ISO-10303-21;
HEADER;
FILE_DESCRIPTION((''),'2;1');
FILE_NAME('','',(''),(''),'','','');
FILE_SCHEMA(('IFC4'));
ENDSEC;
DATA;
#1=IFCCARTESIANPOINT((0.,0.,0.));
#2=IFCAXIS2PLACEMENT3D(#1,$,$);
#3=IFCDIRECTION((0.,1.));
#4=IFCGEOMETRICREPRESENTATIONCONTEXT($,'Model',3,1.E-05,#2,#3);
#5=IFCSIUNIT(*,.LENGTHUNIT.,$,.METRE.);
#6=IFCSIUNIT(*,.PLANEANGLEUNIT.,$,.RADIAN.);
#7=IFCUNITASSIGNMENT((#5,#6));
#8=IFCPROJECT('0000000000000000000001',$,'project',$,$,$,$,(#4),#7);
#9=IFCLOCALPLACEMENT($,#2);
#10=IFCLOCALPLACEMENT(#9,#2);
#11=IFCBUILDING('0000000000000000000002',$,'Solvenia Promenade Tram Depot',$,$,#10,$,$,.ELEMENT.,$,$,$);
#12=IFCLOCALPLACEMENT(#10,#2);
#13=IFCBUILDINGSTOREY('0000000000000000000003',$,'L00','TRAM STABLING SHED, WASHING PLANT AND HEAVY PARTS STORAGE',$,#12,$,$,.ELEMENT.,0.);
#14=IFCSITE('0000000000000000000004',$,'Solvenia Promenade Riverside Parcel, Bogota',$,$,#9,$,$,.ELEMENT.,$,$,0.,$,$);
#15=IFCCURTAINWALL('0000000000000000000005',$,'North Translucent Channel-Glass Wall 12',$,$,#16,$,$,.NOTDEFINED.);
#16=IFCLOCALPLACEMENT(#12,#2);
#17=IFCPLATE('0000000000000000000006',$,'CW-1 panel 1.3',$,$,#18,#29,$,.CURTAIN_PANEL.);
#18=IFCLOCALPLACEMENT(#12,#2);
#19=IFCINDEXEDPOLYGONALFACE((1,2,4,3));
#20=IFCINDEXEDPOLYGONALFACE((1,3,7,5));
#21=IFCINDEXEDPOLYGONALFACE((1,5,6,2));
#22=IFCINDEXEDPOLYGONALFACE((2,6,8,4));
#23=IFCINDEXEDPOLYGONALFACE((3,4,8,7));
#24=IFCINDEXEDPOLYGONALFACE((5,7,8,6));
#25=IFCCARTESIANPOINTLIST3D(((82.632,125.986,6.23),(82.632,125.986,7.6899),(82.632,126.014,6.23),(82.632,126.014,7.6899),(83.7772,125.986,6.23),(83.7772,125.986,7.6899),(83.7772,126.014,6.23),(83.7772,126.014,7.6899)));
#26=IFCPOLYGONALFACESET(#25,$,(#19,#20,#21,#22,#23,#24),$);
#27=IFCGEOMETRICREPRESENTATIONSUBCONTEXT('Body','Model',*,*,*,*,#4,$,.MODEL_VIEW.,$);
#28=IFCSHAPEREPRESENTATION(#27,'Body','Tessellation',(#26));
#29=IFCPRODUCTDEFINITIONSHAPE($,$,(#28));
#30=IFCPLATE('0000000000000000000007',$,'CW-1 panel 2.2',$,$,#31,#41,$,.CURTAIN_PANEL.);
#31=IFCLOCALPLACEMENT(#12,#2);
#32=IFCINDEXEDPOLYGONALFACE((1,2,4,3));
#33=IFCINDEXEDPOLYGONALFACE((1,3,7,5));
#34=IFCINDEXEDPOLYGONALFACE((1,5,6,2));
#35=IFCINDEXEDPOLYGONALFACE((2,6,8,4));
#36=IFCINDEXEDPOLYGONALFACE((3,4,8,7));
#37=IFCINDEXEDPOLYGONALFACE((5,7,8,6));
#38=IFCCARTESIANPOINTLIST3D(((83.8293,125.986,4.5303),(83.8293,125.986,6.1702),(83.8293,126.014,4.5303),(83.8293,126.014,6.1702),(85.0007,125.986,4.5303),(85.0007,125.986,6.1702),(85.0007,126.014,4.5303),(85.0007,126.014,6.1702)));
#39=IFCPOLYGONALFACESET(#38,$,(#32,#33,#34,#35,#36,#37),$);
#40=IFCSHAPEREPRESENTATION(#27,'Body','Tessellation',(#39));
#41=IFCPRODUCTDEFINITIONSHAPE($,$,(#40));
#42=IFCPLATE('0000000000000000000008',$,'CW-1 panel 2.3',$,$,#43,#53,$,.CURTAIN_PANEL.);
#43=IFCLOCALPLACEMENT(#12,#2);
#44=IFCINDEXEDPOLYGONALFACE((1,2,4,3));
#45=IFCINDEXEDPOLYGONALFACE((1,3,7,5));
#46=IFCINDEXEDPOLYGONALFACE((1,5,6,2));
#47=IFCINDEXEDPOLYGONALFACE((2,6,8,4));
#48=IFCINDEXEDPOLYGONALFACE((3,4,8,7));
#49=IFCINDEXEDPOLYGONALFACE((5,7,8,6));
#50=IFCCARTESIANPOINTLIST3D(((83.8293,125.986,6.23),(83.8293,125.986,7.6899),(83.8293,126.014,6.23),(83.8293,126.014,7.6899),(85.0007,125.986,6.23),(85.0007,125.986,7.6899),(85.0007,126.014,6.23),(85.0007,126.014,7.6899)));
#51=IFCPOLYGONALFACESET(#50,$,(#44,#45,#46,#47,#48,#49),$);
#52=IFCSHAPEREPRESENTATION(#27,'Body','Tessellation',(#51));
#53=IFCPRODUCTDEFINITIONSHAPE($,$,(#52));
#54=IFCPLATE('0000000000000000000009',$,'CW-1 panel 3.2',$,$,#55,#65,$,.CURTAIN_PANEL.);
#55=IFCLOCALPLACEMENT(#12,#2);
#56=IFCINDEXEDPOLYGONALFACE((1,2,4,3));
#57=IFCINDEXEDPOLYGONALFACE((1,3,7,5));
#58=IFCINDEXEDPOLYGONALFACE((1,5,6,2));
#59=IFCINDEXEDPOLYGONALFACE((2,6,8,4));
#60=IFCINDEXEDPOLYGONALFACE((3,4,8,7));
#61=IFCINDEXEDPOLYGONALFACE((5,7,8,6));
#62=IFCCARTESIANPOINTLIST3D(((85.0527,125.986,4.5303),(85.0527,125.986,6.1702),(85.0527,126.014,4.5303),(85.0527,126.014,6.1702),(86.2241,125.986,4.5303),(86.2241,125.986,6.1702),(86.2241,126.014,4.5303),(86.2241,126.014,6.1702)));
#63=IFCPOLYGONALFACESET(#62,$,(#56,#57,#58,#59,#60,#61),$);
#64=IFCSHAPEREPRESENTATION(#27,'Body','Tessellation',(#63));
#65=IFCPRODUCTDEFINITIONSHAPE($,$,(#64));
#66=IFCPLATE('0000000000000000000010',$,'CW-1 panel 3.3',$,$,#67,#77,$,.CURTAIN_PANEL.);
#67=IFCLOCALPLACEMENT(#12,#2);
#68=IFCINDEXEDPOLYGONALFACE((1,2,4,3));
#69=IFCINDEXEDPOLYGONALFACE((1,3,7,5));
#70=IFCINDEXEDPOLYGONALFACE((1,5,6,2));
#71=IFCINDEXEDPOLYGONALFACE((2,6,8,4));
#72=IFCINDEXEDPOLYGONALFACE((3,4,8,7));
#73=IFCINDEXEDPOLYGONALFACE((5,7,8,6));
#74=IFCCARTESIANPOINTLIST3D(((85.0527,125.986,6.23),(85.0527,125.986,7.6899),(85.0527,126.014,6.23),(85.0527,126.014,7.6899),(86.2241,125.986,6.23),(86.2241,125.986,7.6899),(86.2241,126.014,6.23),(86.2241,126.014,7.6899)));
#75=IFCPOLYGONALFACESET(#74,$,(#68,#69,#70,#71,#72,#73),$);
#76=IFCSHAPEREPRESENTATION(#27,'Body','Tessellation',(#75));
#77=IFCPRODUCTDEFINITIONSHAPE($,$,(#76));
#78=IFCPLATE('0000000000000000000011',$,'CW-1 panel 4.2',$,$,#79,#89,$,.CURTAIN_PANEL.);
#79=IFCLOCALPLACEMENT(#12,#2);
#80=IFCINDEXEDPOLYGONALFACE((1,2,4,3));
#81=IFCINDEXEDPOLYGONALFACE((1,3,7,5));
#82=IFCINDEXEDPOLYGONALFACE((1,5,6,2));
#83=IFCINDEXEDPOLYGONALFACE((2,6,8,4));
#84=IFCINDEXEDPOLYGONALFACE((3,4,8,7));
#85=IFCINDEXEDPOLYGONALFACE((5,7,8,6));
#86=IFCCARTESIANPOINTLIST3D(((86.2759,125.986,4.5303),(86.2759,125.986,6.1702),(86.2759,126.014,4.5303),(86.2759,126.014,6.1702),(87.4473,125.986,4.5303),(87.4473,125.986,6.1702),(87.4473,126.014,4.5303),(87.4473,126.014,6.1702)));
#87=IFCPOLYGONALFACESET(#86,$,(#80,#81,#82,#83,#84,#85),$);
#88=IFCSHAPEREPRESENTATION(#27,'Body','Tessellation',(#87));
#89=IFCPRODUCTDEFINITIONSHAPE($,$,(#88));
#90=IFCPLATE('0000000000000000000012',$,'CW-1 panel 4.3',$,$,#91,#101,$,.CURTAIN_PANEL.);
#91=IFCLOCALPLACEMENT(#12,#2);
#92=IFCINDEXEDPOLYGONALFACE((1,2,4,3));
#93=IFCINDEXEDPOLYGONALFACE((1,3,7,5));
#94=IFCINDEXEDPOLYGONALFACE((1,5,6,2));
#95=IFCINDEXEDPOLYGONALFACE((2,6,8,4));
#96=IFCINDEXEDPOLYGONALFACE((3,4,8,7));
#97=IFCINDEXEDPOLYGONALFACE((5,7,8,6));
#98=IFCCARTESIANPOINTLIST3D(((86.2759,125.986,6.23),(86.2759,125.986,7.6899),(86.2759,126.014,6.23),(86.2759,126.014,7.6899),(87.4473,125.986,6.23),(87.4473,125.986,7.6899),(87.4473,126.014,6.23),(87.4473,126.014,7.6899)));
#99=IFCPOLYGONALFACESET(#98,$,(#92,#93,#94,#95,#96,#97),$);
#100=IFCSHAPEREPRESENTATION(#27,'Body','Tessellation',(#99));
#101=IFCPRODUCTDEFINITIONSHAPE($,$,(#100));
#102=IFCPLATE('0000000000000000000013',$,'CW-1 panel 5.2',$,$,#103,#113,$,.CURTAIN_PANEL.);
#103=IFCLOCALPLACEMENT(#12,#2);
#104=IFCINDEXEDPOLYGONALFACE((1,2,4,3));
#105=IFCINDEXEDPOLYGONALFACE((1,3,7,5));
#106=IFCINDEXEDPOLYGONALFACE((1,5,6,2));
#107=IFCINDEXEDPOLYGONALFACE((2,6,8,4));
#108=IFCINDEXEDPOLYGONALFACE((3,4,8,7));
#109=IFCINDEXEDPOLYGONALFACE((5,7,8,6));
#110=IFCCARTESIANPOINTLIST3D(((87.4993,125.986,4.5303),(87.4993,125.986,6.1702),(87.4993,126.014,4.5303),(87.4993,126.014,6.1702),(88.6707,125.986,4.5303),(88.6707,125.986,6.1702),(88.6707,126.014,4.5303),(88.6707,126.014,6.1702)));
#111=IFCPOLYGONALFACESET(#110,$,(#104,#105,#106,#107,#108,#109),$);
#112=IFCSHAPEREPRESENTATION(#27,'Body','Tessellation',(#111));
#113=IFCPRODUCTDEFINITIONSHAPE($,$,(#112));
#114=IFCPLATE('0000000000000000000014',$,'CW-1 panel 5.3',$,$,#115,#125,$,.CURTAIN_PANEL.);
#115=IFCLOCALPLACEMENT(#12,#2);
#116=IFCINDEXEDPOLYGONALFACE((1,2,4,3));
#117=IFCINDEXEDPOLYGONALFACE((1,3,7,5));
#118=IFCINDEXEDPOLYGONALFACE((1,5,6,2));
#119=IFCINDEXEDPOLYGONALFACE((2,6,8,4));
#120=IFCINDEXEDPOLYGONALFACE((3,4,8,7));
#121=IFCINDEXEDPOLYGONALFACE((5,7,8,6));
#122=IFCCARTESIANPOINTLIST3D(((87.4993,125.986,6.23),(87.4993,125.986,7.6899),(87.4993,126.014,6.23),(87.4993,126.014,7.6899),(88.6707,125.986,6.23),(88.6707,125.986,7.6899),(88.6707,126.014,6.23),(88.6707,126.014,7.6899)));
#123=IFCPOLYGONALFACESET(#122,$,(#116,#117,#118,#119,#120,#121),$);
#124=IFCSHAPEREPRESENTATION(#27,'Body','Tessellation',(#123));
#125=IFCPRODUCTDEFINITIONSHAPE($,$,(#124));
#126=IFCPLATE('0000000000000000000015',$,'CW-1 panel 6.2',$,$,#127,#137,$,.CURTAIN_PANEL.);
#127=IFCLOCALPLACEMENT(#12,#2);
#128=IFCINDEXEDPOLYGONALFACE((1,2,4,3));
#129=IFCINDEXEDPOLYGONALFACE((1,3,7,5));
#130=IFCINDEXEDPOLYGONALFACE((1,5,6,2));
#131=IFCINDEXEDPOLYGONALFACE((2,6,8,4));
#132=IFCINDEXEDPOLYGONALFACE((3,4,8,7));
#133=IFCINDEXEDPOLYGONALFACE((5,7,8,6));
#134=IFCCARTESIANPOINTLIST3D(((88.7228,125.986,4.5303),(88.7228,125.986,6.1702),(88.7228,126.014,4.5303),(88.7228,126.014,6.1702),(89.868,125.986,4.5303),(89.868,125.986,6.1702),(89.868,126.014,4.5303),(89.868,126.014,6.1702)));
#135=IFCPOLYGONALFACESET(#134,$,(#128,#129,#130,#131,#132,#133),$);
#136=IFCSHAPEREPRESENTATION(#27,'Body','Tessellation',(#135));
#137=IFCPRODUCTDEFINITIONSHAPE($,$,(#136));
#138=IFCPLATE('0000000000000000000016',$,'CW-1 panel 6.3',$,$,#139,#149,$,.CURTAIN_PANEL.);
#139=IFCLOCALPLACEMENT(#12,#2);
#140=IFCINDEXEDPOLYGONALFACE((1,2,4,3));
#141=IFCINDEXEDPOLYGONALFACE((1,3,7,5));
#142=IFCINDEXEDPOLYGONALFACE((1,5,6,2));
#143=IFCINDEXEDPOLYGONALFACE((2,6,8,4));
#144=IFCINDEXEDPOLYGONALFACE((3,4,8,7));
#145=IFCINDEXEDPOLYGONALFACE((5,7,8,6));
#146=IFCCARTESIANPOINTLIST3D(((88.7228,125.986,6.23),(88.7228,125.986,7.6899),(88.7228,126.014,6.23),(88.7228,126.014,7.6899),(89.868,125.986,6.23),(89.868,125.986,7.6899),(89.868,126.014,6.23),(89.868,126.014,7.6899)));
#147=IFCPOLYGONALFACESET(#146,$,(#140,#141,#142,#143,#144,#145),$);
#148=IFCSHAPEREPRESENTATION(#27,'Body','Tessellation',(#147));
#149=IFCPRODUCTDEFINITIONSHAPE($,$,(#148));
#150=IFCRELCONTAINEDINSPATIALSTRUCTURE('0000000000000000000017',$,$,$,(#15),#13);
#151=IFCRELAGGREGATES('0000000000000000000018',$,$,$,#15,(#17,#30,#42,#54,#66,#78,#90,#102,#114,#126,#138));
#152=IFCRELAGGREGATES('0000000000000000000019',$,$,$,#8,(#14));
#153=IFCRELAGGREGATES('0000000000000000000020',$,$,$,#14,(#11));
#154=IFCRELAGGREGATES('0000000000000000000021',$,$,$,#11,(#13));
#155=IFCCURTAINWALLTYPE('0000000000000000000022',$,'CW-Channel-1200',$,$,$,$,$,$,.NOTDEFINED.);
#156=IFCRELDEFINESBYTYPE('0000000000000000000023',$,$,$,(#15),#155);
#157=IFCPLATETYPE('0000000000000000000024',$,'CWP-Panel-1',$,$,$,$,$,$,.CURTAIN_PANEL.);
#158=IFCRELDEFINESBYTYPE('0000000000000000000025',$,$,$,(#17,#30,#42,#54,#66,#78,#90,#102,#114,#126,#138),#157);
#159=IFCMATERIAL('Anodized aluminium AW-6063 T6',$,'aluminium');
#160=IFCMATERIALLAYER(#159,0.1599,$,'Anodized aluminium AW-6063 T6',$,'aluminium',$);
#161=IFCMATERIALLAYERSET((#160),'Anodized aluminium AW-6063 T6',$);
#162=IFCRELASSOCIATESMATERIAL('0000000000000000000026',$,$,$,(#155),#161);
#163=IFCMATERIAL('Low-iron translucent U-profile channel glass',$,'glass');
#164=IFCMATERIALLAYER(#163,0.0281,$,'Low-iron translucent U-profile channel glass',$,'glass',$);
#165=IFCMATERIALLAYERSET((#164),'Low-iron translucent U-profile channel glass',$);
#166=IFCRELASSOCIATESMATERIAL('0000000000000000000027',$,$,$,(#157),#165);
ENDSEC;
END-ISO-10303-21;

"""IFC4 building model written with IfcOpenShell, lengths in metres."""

from ifc_helpers import new_model, si_unit, direction, frame, origin, origin_2d, place, context, subcontext, project, spatial, rectangle, extrude, material, layer, layer_set, type_object, element, aggregate, save


model = new_model("IFC4")

# Units and contexts
model_context = context("Model", 3, precision=1e-05, world=origin(), true_north=direction((0.0, 1.0)))
body_context = subcontext(model_context, "Body", "Model", "MODEL_VIEW")
ifc_project = project(units=[si_unit("LENGTHUNIT", "METRE"), si_unit("PLANEANGLEUNIT", "RADIAN")], contexts=[model_context])

# Site, building, storey
site_placement = place(None, origin())
site = spatial("IfcSite", under=ifc_project, at=site_placement, Name="Solvenia Promenade Riverside Parcel, Bogota", CompositionType="ELEMENT", RefElevation=0.0)
building_placement = place(site_placement, origin())
building = spatial("IfcBuilding", under=site, at=building_placement, Name="Solvenia Promenade Tram Depot", CompositionType="ELEMENT")
storey_placement = place(building_placement, origin())
storey = spatial("IfcBuildingStorey", under=building, at=storey_placement, Name="L00", Description="TRAM STABLING SHED, WASHING PLANT AND HEAVY PARTS STORAGE", CompositionType="ELEMENT", Elevation=0.0)

# Curtain wall
ifc_material_1 = material(Name="Anodized aluminium AW-6063 T6", Category="aluminium")
ifc_layer_1 = layer(ifc_material_1, 0.1599, Name="Anodized aluminium AW-6063 T6", Category="aluminium")
ifc_layer_set_1 = layer_set([ifc_layer_1], Name="Anodized aluminium AW-6063 T6")
curtain_wall_type = type_object("IfcCurtainWallType", Name="CW-Channel-1200", PredefinedType="NOTDEFINED", material=ifc_layer_set_1)
curtain_wall_1_placement = place(storey_placement, origin())
curtain_wall_1 = element("IfcCurtainWall", 1, at=curtain_wall_1_placement, inside=storey, type_object=curtain_wall_type, Name="North Translucent Channel-Glass Wall 12", PredefinedType="NOTDEFINED")

# Plates
ifc_material_2 = material(Name="Low-iron translucent U-profile channel glass", Category="glass")
ifc_layer_2 = layer(ifc_material_2, 0.0281, Name="Low-iron translucent U-profile channel glass", Category="glass")
ifc_layer_set_2 = layer_set([ifc_layer_2], Name="Low-iron translucent U-profile channel glass")
plate_type = type_object("IfcPlateType", Name="CWP-Panel-1", PredefinedType="CURTAIN_PANEL", material=ifc_layer_set_2)
plate_1_placement = place(storey_placement, frame((83.2046, 126.0, 6.23), z_axis=(0.0, 0.0, 1.0), x_axis=(1.0, 0.0, 0.0)))
plate_1 = element("IfcPlate", 2, at=plate_1_placement, type_object=plate_type, Name="CW-1 panel 1.3", PredefinedType="CURTAIN_PANEL", context=body_context, shape_type="SweptSolid", body=[
    extrude(rectangle(XDim=1.1453, YDim=0.0281, at=origin_2d()), origin(), (0.0, 0.0, 1.0), 1.46),
])
plate_2_placement = place(storey_placement, frame((84.415, 126.0, 4.5303), z_axis=(0.0, 0.0, 1.0), x_axis=(1.0, 0.0, 0.0)))
plate_2 = element("IfcPlate", 3, at=plate_2_placement, type_object=plate_type, Name="CW-1 panel 2.2", PredefinedType="CURTAIN_PANEL", context=body_context, shape_type="SweptSolid", body=[
    extrude(rectangle(XDim=1.1714, YDim=0.0281, at=origin_2d()), origin(), (0.0, 0.0, 1.0), 1.6399),
])
plate_3_placement = place(storey_placement, frame((84.415, 126.0, 6.23), z_axis=(0.0, 0.0, 1.0), x_axis=(1.0, 0.0, 0.0)))
plate_3 = element("IfcPlate", 4, at=plate_3_placement, type_object=plate_type, Name="CW-1 panel 2.3", PredefinedType="CURTAIN_PANEL", context=body_context, shape_type="SweptSolid", body=[
    extrude(rectangle(XDim=1.1714, YDim=0.0281, at=origin_2d()), origin(), (0.0, 0.0, 1.0), 1.46),
])
plate_4_placement = place(storey_placement, frame((85.6384, 126.0, 4.5303), z_axis=(0.0, 0.0, 1.0), x_axis=(1.0, 0.0, 0.0)))
plate_4 = element("IfcPlate", 5, at=plate_4_placement, type_object=plate_type, Name="CW-1 panel 3.2", PredefinedType="CURTAIN_PANEL", context=body_context, shape_type="SweptSolid", body=[
    extrude(rectangle(XDim=1.1714, YDim=0.0281, at=origin_2d()), origin(), (0.0, 0.0, 1.0), 1.6399),
])
plate_5_placement = place(storey_placement, frame((85.6384, 126.0, 6.23), z_axis=(0.0, 0.0, 1.0), x_axis=(1.0, 0.0, 0.0)))
plate_5 = element("IfcPlate", 6, at=plate_5_placement, type_object=plate_type, Name="CW-1 panel 3.3", PredefinedType="CURTAIN_PANEL", context=body_context, shape_type="SweptSolid", body=[
    extrude(rectangle(XDim=1.1714, YDim=0.0281, at=origin_2d()), origin(), (0.0, 0.0, 1.0), 1.46),
])
plate_6_placement = place(storey_placement, frame((86.8616, 126.0, 4.5303), z_axis=(0.0, 0.0, 1.0), x_axis=(1.0, 0.0, 0.0)))
plate_6 = element("IfcPlate", 7, at=plate_6_placement, type_object=plate_type, Name="CW-1 panel 4.2", PredefinedType="CURTAIN_PANEL", context=body_context, shape_type="SweptSolid", body=[
    extrude(rectangle(XDim=1.1714, YDim=0.0281, at=origin_2d()), origin(), (0.0, 0.0, 1.0), 1.6399),
])
plate_7_placement = place(storey_placement, frame((86.8616, 126.0, 6.23), z_axis=(0.0, 0.0, 1.0), x_axis=(1.0, 0.0, 0.0)))
plate_7 = element("IfcPlate", 8, at=plate_7_placement, type_object=plate_type, Name="CW-1 panel 4.3", PredefinedType="CURTAIN_PANEL", context=body_context, shape_type="SweptSolid", body=[
    extrude(rectangle(XDim=1.1714, YDim=0.0281, at=origin_2d()), origin(), (0.0, 0.0, 1.0), 1.46),
])
plate_8_placement = place(storey_placement, frame((88.085, 126.0, 4.5303), z_axis=(0.0, 0.0, 1.0), x_axis=(1.0, 0.0, 0.0)))
plate_8 = element("IfcPlate", 9, at=plate_8_placement, type_object=plate_type, Name="CW-1 panel 5.2", PredefinedType="CURTAIN_PANEL", context=body_context, shape_type="SweptSolid", body=[
    extrude(rectangle(XDim=1.1714, YDim=0.0281, at=origin_2d()), origin(), (0.0, 0.0, 1.0), 1.6399),
])
plate_9_placement = place(storey_placement, frame((88.085, 126.0, 6.23), z_axis=(0.0, 0.0, 1.0), x_axis=(1.0, 0.0, 0.0)))
plate_9 = element("IfcPlate", 10, at=plate_9_placement, type_object=plate_type, Name="CW-1 panel 5.3", PredefinedType="CURTAIN_PANEL", context=body_context, shape_type="SweptSolid", body=[
    extrude(rectangle(XDim=1.1714, YDim=0.0281, at=origin_2d()), origin(), (0.0, 0.0, 1.0), 1.46),
])
plate_10_placement = place(storey_placement, frame((89.2954, 126.0, 4.5303), z_axis=(0.0, 0.0, 1.0), x_axis=(1.0, 0.0, 0.0)))
plate_10 = element("IfcPlate", 11, at=plate_10_placement, type_object=plate_type, Name="CW-1 panel 6.2", PredefinedType="CURTAIN_PANEL", context=body_context, shape_type="SweptSolid", body=[
    extrude(rectangle(XDim=1.1453, YDim=0.0281, at=origin_2d()), origin(), (0.0, 0.0, 1.0), 1.6399),
])
plate_11_placement = place(storey_placement, frame((89.2954, 126.0, 6.23), z_axis=(0.0, 0.0, 1.0), x_axis=(1.0, 0.0, 0.0)))
plate_11 = element("IfcPlate", 12, at=plate_11_placement, type_object=plate_type, Name="CW-1 panel 6.3", PredefinedType="CURTAIN_PANEL", context=body_context, shape_type="SweptSolid", body=[
    extrude(rectangle(XDim=1.1453, YDim=0.0281, at=origin_2d()), origin(), (0.0, 0.0, 1.0), 1.46),
])
aggregate(curtain_wall_1, [plate_1, plate_2, plate_3, plate_4, plate_5, plate_6, plate_7, plate_8, plate_9, plate_10, plate_11])

save(model, "model.ifc")
